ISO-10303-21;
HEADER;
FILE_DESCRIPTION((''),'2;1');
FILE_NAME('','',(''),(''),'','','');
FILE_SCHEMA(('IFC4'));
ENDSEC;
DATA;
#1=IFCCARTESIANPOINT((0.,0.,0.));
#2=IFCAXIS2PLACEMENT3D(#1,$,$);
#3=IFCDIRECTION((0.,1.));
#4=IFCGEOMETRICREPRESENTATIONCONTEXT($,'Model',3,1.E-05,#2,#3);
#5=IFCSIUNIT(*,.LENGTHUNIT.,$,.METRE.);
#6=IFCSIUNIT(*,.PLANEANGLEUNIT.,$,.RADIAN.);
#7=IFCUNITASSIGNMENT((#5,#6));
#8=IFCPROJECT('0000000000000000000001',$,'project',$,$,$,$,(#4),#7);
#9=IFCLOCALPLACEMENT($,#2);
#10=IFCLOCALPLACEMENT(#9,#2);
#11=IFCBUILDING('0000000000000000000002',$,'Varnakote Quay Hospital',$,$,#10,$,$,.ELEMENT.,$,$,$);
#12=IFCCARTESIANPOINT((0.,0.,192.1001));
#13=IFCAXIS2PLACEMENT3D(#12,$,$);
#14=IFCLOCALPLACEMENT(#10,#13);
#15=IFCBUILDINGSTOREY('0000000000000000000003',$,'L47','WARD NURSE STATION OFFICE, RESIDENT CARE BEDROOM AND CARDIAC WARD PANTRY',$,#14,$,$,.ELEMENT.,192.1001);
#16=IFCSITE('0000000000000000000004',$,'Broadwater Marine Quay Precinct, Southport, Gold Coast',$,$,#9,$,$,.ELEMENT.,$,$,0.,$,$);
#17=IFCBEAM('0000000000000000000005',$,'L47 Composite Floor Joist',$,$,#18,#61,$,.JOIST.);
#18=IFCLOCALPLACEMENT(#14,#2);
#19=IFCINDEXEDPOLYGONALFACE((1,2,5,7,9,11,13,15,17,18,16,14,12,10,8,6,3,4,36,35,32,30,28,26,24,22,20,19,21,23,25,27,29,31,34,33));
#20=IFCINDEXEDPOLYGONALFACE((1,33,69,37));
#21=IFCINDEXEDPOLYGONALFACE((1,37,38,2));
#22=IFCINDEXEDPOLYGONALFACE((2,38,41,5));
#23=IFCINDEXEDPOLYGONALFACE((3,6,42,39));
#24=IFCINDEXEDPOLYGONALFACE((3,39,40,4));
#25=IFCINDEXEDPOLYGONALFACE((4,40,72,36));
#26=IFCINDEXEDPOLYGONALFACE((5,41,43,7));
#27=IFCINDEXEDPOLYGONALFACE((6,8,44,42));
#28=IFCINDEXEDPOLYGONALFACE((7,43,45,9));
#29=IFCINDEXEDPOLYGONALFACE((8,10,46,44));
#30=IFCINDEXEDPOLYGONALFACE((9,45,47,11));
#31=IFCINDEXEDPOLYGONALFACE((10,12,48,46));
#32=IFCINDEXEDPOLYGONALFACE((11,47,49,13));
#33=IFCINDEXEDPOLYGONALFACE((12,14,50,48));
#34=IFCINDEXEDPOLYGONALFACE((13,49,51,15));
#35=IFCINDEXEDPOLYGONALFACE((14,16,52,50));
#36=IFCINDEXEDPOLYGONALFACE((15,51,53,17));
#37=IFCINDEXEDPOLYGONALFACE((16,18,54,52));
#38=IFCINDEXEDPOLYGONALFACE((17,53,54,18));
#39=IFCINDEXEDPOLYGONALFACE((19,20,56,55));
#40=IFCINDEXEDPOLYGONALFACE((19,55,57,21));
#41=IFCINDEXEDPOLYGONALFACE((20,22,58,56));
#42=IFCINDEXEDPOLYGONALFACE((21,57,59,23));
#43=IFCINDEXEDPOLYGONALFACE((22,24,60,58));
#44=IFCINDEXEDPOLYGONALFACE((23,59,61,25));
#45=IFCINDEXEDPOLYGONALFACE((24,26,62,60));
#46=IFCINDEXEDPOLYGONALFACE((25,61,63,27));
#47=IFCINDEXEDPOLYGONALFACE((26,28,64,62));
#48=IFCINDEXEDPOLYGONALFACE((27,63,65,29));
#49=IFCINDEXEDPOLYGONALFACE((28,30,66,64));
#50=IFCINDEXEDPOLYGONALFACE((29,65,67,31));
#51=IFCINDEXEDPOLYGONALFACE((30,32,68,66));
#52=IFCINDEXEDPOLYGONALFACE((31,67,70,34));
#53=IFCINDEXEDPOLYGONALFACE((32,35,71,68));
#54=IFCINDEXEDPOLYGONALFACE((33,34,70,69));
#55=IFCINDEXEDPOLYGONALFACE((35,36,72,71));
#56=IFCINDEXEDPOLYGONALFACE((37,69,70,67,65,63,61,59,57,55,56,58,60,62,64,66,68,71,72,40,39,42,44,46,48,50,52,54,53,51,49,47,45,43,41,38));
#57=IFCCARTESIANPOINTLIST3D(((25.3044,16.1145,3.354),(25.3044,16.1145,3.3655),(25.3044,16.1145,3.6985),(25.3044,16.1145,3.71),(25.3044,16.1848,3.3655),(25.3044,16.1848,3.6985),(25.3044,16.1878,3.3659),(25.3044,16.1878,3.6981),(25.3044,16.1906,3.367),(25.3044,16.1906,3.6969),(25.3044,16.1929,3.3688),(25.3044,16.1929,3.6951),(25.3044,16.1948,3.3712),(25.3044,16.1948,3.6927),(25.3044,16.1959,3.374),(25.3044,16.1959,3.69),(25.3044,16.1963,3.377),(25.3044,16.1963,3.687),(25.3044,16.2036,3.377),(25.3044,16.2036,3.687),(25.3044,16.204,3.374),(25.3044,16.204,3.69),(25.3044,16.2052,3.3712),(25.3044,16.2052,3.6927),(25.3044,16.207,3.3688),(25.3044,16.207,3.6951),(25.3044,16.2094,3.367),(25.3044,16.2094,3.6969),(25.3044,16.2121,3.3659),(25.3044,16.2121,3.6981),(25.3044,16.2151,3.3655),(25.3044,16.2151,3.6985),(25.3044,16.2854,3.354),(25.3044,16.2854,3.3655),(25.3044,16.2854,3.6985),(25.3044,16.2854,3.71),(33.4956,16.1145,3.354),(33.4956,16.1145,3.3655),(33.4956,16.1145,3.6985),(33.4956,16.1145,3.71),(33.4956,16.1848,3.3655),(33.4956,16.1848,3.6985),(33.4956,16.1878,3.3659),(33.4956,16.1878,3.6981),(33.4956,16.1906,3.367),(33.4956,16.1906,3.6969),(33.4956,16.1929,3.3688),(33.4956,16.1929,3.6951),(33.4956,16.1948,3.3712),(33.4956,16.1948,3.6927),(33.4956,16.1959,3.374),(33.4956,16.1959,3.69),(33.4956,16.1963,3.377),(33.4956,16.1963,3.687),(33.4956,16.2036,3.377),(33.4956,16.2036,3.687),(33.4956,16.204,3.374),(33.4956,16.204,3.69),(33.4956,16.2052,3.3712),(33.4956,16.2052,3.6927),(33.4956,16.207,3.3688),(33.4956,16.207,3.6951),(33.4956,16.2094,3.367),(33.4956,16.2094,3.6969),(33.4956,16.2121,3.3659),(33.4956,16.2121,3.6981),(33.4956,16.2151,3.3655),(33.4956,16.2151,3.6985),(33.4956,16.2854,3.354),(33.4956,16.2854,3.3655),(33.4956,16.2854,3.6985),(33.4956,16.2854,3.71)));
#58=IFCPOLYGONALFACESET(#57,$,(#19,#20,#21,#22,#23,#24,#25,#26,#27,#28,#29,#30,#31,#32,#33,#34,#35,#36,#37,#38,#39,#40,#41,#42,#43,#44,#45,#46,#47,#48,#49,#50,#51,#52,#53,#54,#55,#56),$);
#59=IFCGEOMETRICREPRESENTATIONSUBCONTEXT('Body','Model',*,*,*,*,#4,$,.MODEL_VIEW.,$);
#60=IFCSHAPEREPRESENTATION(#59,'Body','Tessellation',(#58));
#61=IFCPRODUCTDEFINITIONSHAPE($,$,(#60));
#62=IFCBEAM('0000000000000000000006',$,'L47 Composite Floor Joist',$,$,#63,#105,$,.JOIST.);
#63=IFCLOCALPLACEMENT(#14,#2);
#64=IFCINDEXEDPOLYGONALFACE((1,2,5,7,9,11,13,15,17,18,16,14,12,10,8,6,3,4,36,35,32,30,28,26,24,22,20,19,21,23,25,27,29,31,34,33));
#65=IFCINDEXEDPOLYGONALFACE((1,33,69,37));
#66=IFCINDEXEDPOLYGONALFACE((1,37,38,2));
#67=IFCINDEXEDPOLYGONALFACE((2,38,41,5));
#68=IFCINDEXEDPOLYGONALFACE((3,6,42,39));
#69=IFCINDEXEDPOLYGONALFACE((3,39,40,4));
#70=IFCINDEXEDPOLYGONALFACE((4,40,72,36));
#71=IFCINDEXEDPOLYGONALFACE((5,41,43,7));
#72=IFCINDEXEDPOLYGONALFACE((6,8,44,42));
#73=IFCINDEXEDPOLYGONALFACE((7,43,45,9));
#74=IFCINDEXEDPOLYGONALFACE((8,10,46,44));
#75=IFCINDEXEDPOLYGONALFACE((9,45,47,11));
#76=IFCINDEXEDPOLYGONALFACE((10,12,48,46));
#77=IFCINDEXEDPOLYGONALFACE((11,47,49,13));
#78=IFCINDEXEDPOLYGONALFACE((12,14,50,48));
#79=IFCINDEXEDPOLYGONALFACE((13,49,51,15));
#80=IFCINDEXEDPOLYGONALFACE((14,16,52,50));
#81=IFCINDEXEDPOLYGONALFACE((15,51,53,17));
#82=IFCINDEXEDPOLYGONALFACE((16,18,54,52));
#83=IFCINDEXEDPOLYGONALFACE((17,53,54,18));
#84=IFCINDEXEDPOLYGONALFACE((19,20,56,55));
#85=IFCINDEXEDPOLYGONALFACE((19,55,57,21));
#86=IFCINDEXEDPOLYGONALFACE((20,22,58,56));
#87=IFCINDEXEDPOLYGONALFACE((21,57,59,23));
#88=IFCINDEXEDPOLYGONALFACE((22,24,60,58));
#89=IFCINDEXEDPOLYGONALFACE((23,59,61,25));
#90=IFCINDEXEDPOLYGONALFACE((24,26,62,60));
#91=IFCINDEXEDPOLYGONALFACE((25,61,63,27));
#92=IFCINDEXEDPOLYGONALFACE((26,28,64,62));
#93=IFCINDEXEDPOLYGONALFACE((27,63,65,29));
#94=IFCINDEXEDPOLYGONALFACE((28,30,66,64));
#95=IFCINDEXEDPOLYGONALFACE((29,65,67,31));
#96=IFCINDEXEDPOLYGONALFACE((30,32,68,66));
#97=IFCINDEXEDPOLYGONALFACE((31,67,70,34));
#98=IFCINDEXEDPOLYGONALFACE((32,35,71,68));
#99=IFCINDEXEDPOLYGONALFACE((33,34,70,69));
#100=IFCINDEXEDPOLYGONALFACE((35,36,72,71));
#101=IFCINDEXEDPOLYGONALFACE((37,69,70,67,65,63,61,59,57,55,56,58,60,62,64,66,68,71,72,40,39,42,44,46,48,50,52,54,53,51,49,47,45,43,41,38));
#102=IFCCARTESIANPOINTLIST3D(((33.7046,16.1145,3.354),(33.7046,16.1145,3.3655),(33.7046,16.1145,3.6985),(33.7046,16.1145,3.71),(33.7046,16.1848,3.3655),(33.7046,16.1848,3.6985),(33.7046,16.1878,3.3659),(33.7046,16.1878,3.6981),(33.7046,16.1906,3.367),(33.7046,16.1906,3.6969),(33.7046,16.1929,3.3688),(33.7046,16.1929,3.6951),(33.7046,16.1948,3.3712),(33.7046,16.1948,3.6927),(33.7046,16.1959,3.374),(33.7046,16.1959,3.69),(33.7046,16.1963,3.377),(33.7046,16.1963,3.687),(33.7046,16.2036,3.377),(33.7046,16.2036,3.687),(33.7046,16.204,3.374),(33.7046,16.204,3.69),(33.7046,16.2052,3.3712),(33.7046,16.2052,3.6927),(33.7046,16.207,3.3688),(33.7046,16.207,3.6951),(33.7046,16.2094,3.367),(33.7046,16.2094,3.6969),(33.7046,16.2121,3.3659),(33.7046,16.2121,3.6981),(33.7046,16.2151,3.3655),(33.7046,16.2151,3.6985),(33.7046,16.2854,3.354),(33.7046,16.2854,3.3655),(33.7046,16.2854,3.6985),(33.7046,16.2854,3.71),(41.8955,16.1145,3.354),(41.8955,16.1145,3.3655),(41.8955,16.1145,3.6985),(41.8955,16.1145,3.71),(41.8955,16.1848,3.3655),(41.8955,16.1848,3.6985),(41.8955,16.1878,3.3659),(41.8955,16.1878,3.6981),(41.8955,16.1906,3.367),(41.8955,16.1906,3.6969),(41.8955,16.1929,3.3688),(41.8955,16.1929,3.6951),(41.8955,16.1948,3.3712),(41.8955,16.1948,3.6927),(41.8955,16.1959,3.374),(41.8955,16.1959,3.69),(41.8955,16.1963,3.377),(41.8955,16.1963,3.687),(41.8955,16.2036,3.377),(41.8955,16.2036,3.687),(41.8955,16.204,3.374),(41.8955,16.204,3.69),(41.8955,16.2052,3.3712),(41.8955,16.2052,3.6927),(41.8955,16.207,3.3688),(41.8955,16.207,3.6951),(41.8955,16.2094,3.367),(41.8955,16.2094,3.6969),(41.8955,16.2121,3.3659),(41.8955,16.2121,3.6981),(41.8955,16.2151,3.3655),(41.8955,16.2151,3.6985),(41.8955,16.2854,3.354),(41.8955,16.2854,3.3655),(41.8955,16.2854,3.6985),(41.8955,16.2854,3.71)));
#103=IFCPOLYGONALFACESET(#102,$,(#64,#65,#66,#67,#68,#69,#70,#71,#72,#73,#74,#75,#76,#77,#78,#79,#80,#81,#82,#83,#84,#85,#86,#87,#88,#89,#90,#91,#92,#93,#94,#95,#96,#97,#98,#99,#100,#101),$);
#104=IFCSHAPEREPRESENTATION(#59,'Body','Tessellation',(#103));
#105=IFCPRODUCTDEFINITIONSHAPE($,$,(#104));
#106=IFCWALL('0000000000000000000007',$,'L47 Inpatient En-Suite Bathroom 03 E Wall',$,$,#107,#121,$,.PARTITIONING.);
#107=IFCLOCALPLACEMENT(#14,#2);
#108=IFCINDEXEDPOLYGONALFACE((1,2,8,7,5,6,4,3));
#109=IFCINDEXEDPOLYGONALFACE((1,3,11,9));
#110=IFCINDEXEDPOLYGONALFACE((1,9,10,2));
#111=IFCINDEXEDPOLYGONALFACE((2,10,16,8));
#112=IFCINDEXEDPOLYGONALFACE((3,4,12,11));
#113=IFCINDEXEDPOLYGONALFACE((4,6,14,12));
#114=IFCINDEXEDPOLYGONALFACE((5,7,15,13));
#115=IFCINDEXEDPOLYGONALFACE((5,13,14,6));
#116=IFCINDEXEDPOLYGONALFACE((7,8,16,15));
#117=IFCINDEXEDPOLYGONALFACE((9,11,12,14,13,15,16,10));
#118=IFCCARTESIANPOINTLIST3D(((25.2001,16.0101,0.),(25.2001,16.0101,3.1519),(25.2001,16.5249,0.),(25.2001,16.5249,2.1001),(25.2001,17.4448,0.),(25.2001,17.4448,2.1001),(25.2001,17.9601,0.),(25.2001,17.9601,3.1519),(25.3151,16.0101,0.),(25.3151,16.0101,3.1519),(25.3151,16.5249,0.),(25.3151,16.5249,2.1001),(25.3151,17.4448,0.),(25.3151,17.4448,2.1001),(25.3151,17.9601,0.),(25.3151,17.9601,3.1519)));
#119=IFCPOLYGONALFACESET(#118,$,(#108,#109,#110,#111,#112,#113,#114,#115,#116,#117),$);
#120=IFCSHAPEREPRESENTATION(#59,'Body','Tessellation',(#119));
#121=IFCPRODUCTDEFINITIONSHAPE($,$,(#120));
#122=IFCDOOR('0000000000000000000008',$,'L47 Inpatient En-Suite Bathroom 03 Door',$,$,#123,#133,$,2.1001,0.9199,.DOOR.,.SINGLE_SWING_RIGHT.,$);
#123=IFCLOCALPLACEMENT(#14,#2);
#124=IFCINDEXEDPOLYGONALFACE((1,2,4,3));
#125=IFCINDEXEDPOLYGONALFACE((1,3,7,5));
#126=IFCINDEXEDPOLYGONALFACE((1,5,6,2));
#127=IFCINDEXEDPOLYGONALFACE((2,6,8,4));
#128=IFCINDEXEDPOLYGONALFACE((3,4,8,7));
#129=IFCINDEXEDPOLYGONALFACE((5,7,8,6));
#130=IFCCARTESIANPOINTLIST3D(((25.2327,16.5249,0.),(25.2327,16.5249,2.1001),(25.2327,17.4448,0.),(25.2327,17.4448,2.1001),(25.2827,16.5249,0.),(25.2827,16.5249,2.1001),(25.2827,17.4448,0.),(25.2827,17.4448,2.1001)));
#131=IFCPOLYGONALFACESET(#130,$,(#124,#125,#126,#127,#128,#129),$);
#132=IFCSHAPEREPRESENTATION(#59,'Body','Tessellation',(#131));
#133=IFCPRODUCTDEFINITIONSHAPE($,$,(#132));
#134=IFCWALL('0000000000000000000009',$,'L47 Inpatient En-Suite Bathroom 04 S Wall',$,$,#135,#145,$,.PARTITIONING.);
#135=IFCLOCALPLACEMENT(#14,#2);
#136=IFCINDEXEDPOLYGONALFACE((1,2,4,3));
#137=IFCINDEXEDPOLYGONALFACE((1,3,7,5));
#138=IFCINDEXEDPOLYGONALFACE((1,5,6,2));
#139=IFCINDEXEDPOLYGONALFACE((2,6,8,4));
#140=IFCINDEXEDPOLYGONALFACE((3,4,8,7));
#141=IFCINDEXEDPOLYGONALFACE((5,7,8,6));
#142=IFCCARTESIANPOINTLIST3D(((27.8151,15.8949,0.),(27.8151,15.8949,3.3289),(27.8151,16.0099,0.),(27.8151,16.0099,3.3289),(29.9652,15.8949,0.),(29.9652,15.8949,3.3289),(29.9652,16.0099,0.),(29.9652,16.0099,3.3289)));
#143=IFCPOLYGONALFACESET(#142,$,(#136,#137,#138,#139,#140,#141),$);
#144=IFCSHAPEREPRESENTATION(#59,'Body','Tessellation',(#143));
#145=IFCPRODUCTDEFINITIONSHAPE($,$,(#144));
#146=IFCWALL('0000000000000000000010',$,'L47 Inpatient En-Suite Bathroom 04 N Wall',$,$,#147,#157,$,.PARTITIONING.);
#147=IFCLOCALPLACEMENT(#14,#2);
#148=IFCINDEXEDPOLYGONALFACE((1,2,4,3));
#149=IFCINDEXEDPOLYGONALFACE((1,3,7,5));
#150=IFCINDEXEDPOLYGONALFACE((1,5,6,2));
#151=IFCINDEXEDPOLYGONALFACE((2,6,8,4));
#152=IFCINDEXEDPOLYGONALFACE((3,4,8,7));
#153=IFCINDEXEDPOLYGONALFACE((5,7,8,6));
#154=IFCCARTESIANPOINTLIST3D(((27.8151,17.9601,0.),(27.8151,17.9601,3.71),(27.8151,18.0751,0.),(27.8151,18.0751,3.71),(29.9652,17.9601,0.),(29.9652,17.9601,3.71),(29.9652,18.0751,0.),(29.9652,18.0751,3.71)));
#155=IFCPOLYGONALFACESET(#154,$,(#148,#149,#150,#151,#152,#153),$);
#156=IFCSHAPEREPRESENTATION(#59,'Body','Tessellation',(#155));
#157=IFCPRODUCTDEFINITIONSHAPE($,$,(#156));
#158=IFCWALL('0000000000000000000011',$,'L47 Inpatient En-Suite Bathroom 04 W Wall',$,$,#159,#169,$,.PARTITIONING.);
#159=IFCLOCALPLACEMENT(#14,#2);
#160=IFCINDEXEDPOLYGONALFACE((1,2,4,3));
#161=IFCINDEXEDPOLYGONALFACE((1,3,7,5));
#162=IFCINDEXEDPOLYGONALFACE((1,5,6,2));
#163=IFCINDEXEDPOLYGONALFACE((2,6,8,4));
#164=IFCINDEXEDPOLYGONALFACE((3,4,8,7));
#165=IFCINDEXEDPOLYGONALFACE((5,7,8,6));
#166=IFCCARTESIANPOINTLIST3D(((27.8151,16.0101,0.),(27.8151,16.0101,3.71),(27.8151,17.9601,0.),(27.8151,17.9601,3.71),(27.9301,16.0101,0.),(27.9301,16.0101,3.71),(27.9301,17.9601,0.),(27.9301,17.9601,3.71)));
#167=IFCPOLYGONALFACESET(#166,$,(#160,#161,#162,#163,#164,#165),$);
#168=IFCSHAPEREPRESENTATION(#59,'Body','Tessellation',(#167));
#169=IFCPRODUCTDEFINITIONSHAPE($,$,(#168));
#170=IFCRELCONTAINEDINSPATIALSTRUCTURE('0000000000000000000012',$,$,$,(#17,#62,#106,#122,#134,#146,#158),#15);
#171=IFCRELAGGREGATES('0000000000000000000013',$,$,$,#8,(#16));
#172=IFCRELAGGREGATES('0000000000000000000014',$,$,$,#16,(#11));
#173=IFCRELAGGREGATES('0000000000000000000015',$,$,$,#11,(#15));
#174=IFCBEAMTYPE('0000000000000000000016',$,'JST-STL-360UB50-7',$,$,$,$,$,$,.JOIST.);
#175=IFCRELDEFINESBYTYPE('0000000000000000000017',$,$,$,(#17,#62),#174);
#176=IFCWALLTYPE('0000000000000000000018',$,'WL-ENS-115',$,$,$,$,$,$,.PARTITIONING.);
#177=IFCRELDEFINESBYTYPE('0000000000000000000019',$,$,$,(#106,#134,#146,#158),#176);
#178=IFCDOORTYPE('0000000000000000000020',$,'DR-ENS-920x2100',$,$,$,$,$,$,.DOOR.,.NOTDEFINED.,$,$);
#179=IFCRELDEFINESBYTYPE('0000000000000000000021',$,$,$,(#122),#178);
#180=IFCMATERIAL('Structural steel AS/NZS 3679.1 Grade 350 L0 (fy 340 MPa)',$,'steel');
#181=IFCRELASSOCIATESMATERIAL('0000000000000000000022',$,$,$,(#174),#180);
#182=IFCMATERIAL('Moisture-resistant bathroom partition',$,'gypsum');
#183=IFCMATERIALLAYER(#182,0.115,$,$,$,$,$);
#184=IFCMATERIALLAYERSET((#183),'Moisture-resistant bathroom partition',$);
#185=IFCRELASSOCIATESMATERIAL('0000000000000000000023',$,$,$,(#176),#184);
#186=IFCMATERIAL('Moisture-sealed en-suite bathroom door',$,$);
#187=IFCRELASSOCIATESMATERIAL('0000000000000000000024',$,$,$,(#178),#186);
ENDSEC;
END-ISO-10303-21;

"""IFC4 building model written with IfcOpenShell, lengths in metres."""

from ifc_helpers import new_model, si_unit, direction, frame, frame_2d, origin, origin_2d, place, context, subcontext, project, spatial, rectangle, i_section, extrude, material, layer, layer_set, material_profile, profile_set, type_object, element, fill, save


model = new_model("IFC4")

# Units and contexts
model_context = context("Model", 3, precision=1e-05, world=origin(), true_north=direction((0.0, 1.0)))
body_context = subcontext(model_context, "Body", "Model", "MODEL_VIEW")
ifc_project = project(units=[si_unit("LENGTHUNIT", "METRE"), si_unit("PLANEANGLEUNIT", "RADIAN")], contexts=[model_context])

# Site, building, storey
site_placement = place(None, origin())
site = spatial("IfcSite", under=ifc_project, at=site_placement, Name="Broadwater Marine Quay Precinct, Southport, Gold Coast", CompositionType="ELEMENT", RefElevation=0.0)
building_placement = place(site_placement, origin())
building = spatial("IfcBuilding", under=site, at=building_placement, Name="Varnakote Quay Hospital", CompositionType="ELEMENT")
storey_placement = place(building_placement, frame((0.0, 0.0, 192.1001)))
storey = spatial("IfcBuildingStorey", under=building, at=storey_placement, Name="L47", Description="WARD NURSE STATION OFFICE, RESIDENT CARE BEDROOM AND CARDIAC WARD PANTRY", CompositionType="ELEMENT", Elevation=192.1001)

# Beams
ifc_material_1 = material(Name="Structural steel AS/NZS 3679.1 Grade 350 L0 (fy 340 MPa)", Category="steel")
ifc_material_profile_1 = material_profile(ifc_material_1, i_section(OverallWidth=0.1709, OverallDepth=0.356, WebThickness=0.0073, FlangeThickness=0.0115, FilletRadius=0.0115, at=origin_2d()), Name="360UB50.7")
ifc_profile_set_1 = profile_set([ifc_material_profile_1], Name="Structural steel AS/NZS 3679.1 Grade 350 L0 (fy 340 MPa)")
beam_type_1 = type_object("IfcBeamType", Name="JST-STL-360UB50-7", PredefinedType="JOIST", material=ifc_profile_set_1)
beam_1_placement = place(storey_placement, frame((25.3044, 16.2, 3.532), z_axis=(1.0, 0.0, 0.0), x_axis=(0.0, 1.0, 0.0)))
element("IfcBeam", 1, at=beam_1_placement, inside=storey, type_object=beam_type_1, Name="L47 Composite Floor Joist", PredefinedType="JOIST", context=body_context, shape_type="SweptSolid", body=[
    extrude(i_section(OverallWidth=0.1709, OverallDepth=0.356, WebThickness=0.0073, FlangeThickness=0.0115, FilletRadius=0.0115, at=origin_2d()), origin(), (0.0, 0.0, 1.0), 8.1912),
])
beam_2_placement = place(storey_placement, frame((33.7046, 16.2, 3.532), z_axis=(1.0, 0.0, 0.0), x_axis=(0.0, 1.0, 0.0)))
element("IfcBeam", 2, at=beam_2_placement, inside=storey, type_object=beam_type_1, Name="L47 Composite Floor Joist", PredefinedType="JOIST", context=body_context, shape_type="SweptSolid", body=[
    extrude(i_section(OverallWidth=0.1709, OverallDepth=0.356, WebThickness=0.0073, FlangeThickness=0.0115, FilletRadius=0.0115, at=origin_2d()), origin(), (0.0, 0.0, 1.0), 8.1909),
])

# Wall, opening, door
ifc_material_2 = material(Name="Moisture-resistant bathroom partition", Category="gypsum")
ifc_layer_1 = layer(ifc_material_2, 0.115)
ifc_layer_set_1 = layer_set([ifc_layer_1], Name="Moisture-resistant bathroom partition")
wall_type_1 = type_object("IfcWallType", Name="WL-ENS-115", PredefinedType="PARTITIONING", material=ifc_layer_set_1)
wall_1_placement = place(storey_placement, frame((25.2576, 16.01, 0.0), z_axis=(0.0, 0.0, 1.0), x_axis=(0.0, 1.0, 0.0)))
wall_1 = element("IfcWall", 3, at=wall_1_placement, inside=storey, type_object=wall_type_1, Name="L47 Inpatient En-Suite Bathroom 03 E Wall", PredefinedType="PARTITIONING", context=body_context, shape_type="SweptSolid", body=[
    extrude(rectangle(XDim=1.95, YDim=0.115, at=frame_2d((0.9751, 0.0))), origin(), (0.0, 0.0, 1.0), 3.1519),
])
opening_1_placement = place(wall_1_placement, frame((0.5149, 0.0, 0.0)))
opening_1 = element("IfcOpeningElement", 4, at=opening_1_placement, cuts=wall_1, PredefinedType="OPENING", context=body_context, shape_type="SweptSolid", body=[
    extrude(rectangle(XDim=0.9199, YDim=2.1001, at=frame_2d((0.46, 1.05))), frame((0.0, 0.0674, 0.0), z_axis=(0.0, -1.0, 0.0), x_axis=(1.0, 0.0, 0.0)), (0.0, 0.0, 1.0), 0.135),
])
ifc_material_3 = material(Name="Moisture-sealed en-suite bathroom door")
door_type = type_object("IfcDoorType", Name="DR-ENS-920x2100", OperationType="NOTDEFINED", PredefinedType="DOOR", material=ifc_material_3)
door_1_placement = place(opening_1_placement, origin())
door_1 = element("IfcDoor", 5, at=door_1_placement, inside=storey, type_object=door_type, Name="L47 Inpatient En-Suite Bathroom 03 Door", OperationType="SINGLE_SWING_RIGHT", OverallHeight=2.1001, OverallWidth=0.9199, PredefinedType="DOOR", context=body_context, shape_type="SweptSolid", body=[
    extrude(rectangle(XDim=0.9199, YDim=2.1001, at=frame_2d((0.46, 1.05))), frame((0.0, 0.0249, 0.0), z_axis=(0.0, -1.0, 0.0), x_axis=(1.0, 0.0, 0.0)), (0.0, 0.0, 1.0), 0.05),
])
fill(opening_1, door_1)

# Walls
wall_2_placement = place(storey_placement, frame((27.8149, 15.9524, 0.0), z_axis=(0.0, 0.0, 1.0), x_axis=(1.0, 0.0, 0.0)))
element("IfcWall", 6, at=wall_2_placement, inside=storey, type_object=wall_type_1, Name="L47 Inpatient En-Suite Bathroom 04 S Wall", PredefinedType="PARTITIONING", context=body_context, shape_type="SweptSolid", body=[
    extrude(rectangle(XDim=2.1501, YDim=0.115, at=frame_2d((1.0752, 0.0))), origin(), (0.0, 0.0, 1.0), 3.3289),
])
wall_3_placement = place(storey_placement, frame((27.8149, 18.0176, 0.0), z_axis=(0.0, 0.0, 1.0), x_axis=(1.0, 0.0, 0.0)))
element("IfcWall", 7, at=wall_3_placement, inside=storey, type_object=wall_type_1, Name="L47 Inpatient En-Suite Bathroom 04 N Wall", PredefinedType="PARTITIONING", context=body_context, shape_type="SweptSolid", body=[
    extrude(rectangle(XDim=2.1501, YDim=0.115, at=frame_2d((1.0752, 0.0))), origin(), (0.0, 0.0, 1.0), 3.71),
])
wall_4_placement = place(storey_placement, frame((27.8726, 16.01, 0.0), z_axis=(0.0, 0.0, 1.0), x_axis=(0.0, 1.0, 0.0)))
element("IfcWall", 8, at=wall_4_placement, inside=storey, type_object=wall_type_1, Name="L47 Inpatient En-Suite Bathroom 04 W Wall", PredefinedType="PARTITIONING", context=body_context, shape_type="SweptSolid", body=[
    extrude(rectangle(XDim=1.95, YDim=0.115, at=frame_2d((0.9751, 0.0))), origin(), (0.0, 0.0, 1.0), 3.71),
])

save(model, "model.ifc")
